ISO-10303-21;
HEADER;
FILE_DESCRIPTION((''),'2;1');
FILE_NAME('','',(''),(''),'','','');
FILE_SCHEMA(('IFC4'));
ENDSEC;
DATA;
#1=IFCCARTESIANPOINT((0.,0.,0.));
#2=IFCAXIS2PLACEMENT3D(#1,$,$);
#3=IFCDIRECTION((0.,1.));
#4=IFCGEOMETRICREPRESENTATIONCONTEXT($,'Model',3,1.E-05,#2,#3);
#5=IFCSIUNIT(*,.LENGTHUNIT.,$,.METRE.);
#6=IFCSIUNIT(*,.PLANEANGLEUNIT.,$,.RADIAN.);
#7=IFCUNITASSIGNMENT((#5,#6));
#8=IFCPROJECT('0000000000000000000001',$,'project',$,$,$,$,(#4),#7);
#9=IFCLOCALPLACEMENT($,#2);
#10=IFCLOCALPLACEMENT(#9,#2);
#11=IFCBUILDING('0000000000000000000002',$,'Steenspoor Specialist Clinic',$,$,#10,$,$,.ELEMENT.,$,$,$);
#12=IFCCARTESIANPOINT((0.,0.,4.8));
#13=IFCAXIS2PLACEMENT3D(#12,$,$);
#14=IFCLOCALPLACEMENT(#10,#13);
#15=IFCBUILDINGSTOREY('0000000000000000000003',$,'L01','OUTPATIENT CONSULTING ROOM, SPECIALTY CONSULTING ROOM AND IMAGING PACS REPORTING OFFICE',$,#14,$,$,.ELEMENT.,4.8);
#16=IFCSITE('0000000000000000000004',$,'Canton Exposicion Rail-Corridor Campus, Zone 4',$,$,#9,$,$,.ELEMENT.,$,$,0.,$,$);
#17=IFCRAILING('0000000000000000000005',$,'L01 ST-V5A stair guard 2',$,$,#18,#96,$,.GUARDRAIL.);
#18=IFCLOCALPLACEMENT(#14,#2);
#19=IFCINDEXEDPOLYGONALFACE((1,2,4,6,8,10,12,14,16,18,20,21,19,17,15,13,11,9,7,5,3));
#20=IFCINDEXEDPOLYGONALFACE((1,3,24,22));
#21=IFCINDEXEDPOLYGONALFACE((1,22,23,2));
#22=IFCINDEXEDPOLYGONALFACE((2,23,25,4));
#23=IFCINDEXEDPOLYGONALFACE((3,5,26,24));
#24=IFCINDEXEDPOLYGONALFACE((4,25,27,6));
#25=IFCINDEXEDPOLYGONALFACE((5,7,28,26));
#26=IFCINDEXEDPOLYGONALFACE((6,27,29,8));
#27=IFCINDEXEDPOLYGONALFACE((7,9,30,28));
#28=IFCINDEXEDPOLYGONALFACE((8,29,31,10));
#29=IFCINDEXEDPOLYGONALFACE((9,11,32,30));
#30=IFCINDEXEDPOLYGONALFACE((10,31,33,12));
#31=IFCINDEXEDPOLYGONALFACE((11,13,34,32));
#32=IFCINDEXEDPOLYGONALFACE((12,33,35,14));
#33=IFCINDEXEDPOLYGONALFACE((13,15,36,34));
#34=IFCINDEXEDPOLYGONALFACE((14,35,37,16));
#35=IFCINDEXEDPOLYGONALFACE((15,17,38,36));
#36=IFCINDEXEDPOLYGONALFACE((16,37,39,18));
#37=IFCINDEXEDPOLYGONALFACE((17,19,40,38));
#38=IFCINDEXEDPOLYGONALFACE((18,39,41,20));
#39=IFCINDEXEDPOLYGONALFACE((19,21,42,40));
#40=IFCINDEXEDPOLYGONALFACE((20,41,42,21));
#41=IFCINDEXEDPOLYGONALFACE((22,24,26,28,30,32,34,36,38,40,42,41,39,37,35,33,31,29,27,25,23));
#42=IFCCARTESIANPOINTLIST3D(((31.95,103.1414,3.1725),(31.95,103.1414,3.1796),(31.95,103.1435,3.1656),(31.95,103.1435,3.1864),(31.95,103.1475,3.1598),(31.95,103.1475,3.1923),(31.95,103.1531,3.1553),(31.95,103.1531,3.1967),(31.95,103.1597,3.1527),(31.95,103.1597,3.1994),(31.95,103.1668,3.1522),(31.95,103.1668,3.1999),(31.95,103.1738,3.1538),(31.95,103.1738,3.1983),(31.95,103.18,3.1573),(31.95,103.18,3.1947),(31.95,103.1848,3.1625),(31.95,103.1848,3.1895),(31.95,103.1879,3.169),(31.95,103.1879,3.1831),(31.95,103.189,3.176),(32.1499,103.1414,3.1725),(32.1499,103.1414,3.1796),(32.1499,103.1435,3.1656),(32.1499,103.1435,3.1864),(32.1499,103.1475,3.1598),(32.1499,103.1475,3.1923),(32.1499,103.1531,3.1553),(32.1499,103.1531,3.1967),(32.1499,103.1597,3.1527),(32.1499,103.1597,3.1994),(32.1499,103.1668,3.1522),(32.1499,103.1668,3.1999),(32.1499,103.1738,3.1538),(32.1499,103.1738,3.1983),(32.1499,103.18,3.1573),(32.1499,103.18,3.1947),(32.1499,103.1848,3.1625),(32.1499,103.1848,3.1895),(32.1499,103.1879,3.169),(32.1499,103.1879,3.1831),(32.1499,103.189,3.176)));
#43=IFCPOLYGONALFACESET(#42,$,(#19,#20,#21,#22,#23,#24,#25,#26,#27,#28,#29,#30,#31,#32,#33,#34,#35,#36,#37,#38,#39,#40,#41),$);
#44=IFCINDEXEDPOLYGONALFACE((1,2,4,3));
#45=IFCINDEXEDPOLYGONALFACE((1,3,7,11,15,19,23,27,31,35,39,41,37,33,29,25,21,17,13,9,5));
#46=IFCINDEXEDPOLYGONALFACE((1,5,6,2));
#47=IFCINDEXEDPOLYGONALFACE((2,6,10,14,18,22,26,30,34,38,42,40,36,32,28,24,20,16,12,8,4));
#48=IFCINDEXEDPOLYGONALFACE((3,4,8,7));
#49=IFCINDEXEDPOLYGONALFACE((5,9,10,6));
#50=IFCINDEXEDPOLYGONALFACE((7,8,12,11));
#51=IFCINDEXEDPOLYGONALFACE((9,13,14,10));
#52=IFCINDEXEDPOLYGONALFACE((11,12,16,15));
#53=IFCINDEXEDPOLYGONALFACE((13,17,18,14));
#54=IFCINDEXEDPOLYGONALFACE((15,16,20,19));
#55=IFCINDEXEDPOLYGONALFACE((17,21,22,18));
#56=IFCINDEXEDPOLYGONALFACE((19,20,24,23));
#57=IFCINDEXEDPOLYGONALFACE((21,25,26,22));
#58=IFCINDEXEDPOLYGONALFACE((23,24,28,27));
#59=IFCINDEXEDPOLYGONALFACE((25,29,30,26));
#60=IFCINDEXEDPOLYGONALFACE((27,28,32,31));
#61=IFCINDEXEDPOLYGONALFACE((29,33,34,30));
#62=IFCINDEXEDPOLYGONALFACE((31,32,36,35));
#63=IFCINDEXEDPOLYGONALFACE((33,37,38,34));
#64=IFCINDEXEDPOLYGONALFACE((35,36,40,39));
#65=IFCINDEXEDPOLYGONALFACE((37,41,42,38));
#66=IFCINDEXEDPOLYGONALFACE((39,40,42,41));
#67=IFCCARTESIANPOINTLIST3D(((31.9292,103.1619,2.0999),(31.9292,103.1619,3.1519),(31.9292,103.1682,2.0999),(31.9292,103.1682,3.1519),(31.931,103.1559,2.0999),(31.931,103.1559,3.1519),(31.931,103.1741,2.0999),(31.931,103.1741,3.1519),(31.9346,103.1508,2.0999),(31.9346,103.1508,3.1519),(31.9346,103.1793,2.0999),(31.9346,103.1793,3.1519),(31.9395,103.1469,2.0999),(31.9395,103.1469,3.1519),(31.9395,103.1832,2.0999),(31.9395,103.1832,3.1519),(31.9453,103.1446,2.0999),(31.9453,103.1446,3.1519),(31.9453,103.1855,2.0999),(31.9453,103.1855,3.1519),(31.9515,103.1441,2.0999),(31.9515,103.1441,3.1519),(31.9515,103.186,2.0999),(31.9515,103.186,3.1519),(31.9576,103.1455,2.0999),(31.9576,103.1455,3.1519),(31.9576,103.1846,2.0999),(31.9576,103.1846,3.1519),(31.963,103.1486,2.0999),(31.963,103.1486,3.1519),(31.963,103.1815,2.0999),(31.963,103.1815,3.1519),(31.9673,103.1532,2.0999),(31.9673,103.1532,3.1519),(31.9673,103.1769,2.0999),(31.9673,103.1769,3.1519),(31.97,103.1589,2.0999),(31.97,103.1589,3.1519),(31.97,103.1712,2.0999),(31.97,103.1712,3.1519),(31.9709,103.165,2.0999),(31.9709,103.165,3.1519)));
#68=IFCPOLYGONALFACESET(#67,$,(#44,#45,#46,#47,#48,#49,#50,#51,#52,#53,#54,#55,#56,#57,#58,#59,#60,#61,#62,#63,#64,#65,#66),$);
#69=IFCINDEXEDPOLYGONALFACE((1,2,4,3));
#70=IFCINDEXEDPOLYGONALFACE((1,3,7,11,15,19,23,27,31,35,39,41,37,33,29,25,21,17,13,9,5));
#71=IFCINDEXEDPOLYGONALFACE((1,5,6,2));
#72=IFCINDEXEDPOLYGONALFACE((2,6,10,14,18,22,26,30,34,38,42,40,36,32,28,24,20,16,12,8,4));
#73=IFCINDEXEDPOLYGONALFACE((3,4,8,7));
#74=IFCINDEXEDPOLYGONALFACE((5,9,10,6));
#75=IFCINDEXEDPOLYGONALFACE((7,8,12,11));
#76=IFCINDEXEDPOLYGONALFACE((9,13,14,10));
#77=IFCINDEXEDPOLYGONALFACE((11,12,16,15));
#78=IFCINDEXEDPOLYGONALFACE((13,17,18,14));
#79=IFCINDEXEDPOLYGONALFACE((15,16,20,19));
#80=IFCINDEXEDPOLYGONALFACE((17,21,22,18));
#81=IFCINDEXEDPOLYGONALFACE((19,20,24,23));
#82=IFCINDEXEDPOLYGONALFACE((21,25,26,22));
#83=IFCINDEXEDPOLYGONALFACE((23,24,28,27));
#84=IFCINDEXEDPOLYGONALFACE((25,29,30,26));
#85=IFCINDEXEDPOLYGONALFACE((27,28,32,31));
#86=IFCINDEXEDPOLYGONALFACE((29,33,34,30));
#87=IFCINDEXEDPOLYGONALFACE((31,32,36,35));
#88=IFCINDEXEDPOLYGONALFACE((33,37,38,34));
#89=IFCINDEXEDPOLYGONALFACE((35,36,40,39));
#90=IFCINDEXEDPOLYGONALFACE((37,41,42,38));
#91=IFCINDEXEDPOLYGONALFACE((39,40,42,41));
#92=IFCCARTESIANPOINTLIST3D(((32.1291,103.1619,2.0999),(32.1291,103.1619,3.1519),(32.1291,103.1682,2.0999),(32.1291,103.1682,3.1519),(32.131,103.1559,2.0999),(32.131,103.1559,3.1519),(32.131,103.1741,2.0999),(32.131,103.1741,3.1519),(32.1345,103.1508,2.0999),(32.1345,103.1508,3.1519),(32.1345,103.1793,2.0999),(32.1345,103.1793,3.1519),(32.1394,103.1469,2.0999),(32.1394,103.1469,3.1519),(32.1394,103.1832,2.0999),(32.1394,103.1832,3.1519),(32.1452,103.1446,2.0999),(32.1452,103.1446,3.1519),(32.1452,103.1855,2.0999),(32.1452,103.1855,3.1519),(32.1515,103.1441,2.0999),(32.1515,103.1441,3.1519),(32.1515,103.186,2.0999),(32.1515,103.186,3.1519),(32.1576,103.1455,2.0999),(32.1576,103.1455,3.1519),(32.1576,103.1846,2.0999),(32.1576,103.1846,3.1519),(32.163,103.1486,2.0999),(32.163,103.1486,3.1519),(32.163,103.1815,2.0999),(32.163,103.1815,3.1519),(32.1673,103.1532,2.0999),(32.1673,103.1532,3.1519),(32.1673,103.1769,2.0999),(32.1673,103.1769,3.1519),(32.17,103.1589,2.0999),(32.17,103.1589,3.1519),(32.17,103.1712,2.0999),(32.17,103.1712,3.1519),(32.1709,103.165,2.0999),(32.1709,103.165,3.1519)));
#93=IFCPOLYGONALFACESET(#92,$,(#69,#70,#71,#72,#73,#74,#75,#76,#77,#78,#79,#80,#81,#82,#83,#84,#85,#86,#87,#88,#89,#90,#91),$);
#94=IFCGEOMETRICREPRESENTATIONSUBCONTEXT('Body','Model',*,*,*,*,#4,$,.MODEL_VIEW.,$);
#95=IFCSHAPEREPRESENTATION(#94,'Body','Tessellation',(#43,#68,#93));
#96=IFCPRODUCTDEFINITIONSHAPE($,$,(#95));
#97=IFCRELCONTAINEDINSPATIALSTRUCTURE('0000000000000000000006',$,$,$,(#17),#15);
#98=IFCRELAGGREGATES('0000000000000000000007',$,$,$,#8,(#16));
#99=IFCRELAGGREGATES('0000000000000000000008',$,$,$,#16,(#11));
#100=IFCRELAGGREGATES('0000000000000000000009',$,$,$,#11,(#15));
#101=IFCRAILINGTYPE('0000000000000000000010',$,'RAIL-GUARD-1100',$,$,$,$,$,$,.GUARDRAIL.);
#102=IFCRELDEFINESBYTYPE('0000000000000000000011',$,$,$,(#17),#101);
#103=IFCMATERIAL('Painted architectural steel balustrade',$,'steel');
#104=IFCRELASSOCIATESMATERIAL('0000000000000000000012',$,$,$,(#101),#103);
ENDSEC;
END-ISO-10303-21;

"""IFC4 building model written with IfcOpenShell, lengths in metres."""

from ifc_helpers import new_model, si_unit, direction, frame, origin, origin_2d, place, context, subcontext, project, spatial, circle, extrude, material, type_object, element, save


model = new_model("IFC4")

# Units and contexts
model_context = context("Model", 3, precision=1e-05, world=origin(), true_north=direction((0.0, 1.0)))
body_context = subcontext(model_context, "Body", "Model", "MODEL_VIEW")
ifc_project = project(units=[si_unit("LENGTHUNIT", "METRE"), si_unit("PLANEANGLEUNIT", "RADIAN")], contexts=[model_context])

# Site, building, storey
site_placement = place(None, origin())
site = spatial("IfcSite", under=ifc_project, at=site_placement, Name="Canton Exposicion Rail-Corridor Campus, Zone 4", CompositionType="ELEMENT", RefElevation=0.0)
building_placement = place(site_placement, origin())
building = spatial("IfcBuilding", under=site, at=building_placement, Name="Steenspoor Specialist Clinic", CompositionType="ELEMENT")
storey_placement = place(building_placement, frame((0.0, 0.0, 4.8)))
storey = spatial("IfcBuildingStorey", under=building, at=storey_placement, Name="L01", Description="OUTPATIENT CONSULTING ROOM, SPECIALTY CONSULTING ROOM AND IMAGING PACS REPORTING OFFICE", CompositionType="ELEMENT", Elevation=4.8)

# Railing
ifc_material_1 = material(Name="Painted architectural steel balustrade", Category="steel")
railing_type_1 = type_object("IfcRailingType", Name="RAIL-GUARD-1100", PredefinedType="GUARDRAIL", material=ifc_material_1)
railing_1_placement = place(storey_placement, frame((31.95, 103.165, 2.0999)))
element("IfcRailing", 1, at=railing_1_placement, inside=storey, type_object=railing_type_1, Name="L01 ST-V5A stair guard 2", PredefinedType="GUARDRAIL", context=body_context, shape_type="SweptSolid", body=[
    extrude(circle(Radius=0.0239, at=origin_2d()), frame((0.0, 0.0, 1.0762), z_axis=(1.0, 0.0, 0.0), x_axis=(0.0, 1.0, 0.0)), (0.0, 0.0, 1.0), 0.2),
    extrude(circle(Radius=0.021, at=origin_2d()), origin(), (0.0, 0.0, 1.0), 1.052),
    extrude(circle(Radius=0.021, at=origin_2d()), frame((0.2, 0.0, 0.0)), (0.0, 0.0, 1.0), 1.052),
])

save(model, "model.ifc")
